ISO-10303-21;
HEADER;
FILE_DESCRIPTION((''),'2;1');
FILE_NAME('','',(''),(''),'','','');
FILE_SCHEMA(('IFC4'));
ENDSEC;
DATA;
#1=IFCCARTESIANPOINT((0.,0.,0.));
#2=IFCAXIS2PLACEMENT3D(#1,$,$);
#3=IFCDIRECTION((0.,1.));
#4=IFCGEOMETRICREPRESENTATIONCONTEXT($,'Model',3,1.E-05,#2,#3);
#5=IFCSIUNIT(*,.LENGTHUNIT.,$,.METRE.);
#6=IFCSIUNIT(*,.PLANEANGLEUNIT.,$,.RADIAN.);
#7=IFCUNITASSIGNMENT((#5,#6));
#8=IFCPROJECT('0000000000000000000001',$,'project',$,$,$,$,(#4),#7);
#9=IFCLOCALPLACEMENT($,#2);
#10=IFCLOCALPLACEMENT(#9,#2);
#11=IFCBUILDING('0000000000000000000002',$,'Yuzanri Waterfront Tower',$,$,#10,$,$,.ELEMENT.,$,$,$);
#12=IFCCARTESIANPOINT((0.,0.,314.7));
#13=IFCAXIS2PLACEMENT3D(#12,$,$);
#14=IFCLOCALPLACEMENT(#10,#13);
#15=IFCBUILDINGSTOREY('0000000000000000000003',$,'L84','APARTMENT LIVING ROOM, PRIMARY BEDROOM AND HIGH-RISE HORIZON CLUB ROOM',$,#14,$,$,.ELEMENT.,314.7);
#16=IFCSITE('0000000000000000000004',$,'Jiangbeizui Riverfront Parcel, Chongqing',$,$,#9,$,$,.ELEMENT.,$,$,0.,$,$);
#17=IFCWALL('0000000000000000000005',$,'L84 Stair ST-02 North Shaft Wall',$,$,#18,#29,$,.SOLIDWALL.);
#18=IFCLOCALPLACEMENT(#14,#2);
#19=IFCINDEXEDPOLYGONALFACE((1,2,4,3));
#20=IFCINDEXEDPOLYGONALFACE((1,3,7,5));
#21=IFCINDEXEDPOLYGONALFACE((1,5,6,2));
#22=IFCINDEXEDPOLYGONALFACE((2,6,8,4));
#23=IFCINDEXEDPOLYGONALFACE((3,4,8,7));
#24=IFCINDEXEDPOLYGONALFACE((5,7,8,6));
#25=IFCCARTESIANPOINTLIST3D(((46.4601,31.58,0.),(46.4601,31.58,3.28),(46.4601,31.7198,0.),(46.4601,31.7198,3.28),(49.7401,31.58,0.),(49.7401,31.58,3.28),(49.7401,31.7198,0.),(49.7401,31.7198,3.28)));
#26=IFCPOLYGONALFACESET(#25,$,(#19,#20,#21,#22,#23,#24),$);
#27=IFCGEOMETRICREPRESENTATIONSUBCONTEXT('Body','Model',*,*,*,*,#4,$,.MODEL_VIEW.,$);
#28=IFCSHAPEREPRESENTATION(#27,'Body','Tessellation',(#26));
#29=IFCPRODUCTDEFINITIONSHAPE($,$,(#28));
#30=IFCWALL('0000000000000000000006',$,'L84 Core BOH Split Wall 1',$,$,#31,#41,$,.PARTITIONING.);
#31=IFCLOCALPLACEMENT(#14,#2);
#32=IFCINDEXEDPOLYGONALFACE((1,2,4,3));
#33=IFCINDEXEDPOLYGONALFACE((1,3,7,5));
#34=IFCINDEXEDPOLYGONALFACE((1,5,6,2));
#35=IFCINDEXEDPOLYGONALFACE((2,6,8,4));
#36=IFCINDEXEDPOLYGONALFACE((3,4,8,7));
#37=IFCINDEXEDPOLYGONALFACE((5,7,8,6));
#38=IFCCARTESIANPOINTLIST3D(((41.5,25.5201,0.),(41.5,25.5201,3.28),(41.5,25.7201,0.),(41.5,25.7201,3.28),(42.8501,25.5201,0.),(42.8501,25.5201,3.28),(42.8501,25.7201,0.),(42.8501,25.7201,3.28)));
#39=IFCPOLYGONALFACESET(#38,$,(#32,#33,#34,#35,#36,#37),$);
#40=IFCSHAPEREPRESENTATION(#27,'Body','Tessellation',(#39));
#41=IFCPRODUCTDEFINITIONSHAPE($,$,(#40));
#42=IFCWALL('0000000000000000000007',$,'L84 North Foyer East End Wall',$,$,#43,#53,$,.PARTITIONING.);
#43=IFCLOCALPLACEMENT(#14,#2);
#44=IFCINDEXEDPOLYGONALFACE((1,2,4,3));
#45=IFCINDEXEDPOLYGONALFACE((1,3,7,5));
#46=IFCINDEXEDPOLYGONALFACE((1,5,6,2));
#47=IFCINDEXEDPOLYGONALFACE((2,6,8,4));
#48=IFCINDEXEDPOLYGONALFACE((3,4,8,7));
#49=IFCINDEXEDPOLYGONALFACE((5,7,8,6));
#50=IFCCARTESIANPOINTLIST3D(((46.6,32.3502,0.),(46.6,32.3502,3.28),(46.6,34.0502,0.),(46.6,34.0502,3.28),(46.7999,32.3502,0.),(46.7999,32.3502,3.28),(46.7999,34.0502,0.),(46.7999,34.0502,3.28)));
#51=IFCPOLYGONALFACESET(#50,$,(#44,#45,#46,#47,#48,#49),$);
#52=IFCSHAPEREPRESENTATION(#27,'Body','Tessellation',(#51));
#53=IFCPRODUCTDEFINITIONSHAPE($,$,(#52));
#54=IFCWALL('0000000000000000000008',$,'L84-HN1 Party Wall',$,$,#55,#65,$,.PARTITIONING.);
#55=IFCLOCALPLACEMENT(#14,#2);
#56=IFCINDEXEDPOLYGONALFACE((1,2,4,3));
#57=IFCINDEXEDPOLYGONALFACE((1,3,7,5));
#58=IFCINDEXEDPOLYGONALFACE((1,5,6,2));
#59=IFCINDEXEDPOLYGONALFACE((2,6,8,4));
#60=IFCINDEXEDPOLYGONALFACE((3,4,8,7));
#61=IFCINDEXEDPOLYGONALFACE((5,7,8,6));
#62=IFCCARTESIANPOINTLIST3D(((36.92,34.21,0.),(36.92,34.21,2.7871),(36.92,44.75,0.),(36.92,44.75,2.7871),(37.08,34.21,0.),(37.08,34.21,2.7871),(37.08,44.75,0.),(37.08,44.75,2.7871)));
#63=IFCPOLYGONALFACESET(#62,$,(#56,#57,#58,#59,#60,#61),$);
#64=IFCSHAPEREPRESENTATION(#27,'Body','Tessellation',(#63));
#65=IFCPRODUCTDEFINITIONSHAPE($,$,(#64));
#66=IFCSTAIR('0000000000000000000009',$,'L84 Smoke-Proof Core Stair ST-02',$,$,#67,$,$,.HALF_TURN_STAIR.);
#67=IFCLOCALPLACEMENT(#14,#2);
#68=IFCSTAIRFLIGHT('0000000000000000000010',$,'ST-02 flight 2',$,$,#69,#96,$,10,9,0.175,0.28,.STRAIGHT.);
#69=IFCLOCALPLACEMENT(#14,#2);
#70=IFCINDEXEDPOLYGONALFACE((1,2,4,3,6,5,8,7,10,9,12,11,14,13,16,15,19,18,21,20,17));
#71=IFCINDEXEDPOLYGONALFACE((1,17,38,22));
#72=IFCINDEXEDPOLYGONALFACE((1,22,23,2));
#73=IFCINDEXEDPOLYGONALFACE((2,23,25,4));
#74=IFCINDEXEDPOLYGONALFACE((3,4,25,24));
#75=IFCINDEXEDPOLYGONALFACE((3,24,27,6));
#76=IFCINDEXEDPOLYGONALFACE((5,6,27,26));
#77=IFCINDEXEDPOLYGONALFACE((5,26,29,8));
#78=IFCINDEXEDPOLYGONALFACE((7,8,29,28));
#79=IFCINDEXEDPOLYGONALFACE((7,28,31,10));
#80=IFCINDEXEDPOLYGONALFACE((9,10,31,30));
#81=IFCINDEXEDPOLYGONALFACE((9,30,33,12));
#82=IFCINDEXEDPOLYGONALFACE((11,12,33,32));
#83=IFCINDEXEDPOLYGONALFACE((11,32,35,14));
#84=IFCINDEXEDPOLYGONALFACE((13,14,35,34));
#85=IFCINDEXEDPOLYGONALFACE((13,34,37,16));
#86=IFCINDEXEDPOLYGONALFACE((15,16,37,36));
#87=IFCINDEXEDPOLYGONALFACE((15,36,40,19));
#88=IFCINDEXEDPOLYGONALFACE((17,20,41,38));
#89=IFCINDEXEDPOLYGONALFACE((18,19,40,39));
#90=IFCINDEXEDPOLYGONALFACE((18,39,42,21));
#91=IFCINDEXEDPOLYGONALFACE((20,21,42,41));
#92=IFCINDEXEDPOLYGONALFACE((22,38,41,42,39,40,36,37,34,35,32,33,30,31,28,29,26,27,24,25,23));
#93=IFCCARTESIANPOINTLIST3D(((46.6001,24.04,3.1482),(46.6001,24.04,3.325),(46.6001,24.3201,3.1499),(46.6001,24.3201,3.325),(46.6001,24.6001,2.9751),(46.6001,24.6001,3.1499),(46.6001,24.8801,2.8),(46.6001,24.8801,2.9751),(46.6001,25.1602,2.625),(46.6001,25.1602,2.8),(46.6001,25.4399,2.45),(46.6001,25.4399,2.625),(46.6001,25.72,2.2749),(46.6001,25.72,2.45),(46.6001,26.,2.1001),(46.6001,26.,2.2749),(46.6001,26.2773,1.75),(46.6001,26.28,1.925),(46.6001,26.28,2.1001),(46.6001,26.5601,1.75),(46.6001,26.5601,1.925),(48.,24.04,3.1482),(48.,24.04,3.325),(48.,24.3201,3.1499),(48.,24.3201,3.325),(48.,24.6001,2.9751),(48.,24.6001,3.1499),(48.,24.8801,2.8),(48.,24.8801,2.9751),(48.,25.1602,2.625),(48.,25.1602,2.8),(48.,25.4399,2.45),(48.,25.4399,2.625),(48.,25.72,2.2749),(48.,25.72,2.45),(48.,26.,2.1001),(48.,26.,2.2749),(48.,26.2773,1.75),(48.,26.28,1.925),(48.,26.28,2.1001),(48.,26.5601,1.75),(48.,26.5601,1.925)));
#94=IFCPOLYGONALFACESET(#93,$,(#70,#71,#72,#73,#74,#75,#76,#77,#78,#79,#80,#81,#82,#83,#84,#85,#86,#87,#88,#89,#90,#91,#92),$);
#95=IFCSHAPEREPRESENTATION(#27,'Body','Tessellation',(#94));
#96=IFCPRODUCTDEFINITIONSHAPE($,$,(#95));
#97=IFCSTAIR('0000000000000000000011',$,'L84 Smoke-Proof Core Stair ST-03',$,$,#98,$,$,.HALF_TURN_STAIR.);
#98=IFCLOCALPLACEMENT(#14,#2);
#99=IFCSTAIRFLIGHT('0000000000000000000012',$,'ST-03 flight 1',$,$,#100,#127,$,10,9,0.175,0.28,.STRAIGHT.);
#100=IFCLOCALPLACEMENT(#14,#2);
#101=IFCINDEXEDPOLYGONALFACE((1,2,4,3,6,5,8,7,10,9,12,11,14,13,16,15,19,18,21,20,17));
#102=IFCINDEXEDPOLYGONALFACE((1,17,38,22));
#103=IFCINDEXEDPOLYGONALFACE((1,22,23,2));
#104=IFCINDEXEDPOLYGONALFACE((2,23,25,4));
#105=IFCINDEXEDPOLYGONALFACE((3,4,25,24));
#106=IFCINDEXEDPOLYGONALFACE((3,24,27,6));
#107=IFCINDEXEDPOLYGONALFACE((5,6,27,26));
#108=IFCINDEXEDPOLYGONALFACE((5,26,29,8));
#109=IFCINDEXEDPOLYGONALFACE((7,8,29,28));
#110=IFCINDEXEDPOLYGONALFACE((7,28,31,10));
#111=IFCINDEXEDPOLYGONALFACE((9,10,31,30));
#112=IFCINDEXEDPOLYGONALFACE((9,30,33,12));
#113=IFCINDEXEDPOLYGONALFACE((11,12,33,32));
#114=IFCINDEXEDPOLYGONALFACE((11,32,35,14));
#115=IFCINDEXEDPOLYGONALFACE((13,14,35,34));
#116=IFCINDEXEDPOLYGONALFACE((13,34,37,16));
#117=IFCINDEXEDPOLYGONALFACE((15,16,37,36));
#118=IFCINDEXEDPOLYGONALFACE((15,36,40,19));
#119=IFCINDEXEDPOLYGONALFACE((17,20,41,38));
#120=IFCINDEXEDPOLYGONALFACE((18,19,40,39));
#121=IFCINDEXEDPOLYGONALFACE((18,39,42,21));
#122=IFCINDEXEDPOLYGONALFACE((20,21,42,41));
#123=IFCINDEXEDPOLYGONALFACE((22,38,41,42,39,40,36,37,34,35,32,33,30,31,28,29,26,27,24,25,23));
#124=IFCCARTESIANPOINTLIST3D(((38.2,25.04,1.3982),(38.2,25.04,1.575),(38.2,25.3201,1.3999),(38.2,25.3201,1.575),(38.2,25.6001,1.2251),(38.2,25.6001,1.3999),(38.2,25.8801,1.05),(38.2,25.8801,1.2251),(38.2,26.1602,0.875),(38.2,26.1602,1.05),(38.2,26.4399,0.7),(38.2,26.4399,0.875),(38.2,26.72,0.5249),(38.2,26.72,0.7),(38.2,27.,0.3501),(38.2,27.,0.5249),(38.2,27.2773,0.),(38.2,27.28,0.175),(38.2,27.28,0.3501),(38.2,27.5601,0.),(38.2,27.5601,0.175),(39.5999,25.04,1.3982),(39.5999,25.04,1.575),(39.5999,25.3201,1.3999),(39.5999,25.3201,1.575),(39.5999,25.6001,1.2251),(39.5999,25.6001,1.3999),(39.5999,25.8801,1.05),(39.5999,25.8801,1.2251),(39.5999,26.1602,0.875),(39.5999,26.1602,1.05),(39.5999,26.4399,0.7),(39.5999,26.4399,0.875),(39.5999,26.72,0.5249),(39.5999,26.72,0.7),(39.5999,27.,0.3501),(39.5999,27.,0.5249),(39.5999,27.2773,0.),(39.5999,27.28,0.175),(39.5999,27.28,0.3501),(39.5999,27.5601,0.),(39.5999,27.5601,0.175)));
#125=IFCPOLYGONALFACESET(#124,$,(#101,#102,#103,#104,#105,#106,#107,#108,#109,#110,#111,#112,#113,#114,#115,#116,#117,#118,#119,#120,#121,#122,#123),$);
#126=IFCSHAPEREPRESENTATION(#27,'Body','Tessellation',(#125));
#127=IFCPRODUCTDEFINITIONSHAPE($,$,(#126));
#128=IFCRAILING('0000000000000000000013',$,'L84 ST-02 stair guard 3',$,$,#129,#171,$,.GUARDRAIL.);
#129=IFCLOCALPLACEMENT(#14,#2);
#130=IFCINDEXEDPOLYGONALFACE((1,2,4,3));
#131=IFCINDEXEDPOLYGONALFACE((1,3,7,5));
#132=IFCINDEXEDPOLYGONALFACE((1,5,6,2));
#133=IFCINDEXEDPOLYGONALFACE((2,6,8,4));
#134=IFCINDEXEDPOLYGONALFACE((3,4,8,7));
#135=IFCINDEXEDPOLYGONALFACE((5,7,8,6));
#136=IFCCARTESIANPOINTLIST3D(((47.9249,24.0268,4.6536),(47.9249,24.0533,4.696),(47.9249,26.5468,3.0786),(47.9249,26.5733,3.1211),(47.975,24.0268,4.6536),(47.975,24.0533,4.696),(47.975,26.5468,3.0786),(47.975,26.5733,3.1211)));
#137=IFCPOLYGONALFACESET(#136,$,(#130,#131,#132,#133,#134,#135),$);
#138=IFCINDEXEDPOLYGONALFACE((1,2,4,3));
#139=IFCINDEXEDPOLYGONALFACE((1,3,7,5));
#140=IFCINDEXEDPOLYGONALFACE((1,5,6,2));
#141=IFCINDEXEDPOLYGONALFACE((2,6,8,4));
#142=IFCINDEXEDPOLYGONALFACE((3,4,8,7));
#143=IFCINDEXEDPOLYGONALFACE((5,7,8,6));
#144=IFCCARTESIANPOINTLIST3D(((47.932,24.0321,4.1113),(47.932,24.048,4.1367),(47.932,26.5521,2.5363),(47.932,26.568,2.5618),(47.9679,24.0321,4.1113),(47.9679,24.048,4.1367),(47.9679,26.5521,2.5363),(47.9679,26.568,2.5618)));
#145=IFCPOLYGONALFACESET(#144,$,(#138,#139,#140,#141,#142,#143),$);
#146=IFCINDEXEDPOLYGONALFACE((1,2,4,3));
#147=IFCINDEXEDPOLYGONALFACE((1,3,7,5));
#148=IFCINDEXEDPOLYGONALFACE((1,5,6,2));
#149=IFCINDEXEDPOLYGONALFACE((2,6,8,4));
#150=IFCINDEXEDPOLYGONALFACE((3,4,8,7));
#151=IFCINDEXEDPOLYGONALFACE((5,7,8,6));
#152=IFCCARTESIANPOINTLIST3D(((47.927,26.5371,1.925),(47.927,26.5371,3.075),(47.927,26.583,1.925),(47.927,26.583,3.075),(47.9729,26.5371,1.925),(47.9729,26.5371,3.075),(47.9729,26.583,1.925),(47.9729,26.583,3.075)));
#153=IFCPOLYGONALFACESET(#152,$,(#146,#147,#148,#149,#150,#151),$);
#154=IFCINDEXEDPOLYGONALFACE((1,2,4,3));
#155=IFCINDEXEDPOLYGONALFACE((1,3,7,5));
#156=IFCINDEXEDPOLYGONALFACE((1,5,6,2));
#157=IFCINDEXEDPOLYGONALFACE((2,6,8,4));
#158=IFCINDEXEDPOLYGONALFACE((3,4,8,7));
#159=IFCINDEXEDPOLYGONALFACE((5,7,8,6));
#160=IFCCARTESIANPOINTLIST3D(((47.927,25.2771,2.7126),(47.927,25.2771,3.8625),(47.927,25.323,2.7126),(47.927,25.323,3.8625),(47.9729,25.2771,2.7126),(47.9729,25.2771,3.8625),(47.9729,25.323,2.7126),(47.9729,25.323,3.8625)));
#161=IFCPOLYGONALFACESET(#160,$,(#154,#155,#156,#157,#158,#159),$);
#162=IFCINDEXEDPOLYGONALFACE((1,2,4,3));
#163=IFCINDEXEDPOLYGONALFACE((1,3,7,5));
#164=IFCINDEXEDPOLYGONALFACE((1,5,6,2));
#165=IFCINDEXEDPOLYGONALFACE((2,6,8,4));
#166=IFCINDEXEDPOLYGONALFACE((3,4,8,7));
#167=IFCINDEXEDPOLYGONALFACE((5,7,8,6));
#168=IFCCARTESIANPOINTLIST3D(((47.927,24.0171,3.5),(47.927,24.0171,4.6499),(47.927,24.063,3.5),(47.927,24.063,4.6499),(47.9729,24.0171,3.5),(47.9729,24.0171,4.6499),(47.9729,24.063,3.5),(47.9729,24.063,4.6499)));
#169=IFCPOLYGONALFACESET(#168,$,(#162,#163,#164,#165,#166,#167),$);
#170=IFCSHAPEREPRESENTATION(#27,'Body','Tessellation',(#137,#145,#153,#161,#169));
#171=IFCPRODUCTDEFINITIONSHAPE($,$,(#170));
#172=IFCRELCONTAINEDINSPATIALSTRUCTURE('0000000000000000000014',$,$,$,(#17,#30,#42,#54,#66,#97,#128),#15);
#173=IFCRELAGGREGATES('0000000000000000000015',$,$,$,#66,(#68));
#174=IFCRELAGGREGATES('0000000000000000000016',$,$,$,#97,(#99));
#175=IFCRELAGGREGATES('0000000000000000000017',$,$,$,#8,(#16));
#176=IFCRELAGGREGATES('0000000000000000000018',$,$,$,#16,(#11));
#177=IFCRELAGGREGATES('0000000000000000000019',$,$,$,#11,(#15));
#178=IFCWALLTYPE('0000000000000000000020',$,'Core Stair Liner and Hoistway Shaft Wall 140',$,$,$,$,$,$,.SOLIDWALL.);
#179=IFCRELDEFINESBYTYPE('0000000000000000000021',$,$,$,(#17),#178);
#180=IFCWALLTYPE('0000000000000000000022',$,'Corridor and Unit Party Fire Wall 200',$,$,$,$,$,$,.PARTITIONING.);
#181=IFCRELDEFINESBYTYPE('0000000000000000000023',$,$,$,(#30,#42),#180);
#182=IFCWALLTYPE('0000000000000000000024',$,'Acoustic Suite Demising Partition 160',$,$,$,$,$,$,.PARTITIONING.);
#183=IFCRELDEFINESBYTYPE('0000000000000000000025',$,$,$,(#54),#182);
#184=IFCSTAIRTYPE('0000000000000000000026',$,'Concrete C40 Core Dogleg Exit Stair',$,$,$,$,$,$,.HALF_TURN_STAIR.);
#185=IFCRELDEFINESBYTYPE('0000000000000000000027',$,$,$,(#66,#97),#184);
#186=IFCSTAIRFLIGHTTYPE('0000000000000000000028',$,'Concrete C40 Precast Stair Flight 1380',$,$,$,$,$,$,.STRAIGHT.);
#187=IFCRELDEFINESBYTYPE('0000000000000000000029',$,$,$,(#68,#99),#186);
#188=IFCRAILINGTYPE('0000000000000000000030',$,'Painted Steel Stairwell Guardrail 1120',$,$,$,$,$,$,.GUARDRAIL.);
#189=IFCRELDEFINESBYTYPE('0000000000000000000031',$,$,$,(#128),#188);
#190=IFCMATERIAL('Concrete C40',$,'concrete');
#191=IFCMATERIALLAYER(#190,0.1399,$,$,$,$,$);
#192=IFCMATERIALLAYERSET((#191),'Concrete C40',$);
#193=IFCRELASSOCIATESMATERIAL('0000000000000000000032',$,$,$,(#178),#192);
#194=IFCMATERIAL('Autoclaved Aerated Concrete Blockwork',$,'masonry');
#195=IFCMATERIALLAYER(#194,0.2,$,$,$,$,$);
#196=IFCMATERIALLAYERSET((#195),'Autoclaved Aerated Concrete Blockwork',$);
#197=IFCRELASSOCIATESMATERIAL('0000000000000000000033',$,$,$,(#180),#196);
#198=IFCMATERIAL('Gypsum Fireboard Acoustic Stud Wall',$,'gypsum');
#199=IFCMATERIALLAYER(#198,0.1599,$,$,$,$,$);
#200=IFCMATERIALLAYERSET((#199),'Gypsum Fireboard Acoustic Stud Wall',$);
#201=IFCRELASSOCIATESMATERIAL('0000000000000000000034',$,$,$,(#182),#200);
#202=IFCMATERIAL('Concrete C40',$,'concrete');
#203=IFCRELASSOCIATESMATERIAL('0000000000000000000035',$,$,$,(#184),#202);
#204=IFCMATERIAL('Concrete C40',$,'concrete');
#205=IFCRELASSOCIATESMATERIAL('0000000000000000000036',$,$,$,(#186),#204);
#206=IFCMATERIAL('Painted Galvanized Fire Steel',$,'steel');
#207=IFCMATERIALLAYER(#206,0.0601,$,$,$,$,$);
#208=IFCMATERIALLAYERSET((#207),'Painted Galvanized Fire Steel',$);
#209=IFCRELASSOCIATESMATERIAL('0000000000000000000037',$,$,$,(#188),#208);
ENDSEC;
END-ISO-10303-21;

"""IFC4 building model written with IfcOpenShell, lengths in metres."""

from ifc_helpers import new_model, si_unit, direction, frame, frame_2d, origin, origin_2d, place, context, subcontext, project, spatial, polyline, rectangle, outline, extrude, source, transform, mapped, material, layer, layer_set, type_object, element, aggregate, save


model = new_model("IFC4")

# Units and contexts
model_context = context("Model", 3, precision=1e-05, world=origin(), true_north=direction((0.0, 1.0)))
body_context = subcontext(model_context, "Body", "Model", "MODEL_VIEW")
ifc_project = project(units=[si_unit("LENGTHUNIT", "METRE"), si_unit("PLANEANGLEUNIT", "RADIAN")], contexts=[model_context])

# Site, building, storey
site_placement = place(None, origin())
site = spatial("IfcSite", under=ifc_project, at=site_placement, Name="Jiangbeizui Riverfront Parcel, Chongqing", CompositionType="ELEMENT", RefElevation=0.0)
building_placement = place(site_placement, origin())
building = spatial("IfcBuilding", under=site, at=building_placement, Name="Yuzanri Waterfront Tower", CompositionType="ELEMENT")
storey_placement = place(building_placement, frame((0.0, 0.0, 314.7)))
storey = spatial("IfcBuildingStorey", under=building, at=storey_placement, Name="L84", Description="APARTMENT LIVING ROOM, PRIMARY BEDROOM AND HIGH-RISE HORIZON CLUB ROOM", CompositionType="ELEMENT", Elevation=314.7)

# Shared definitions
ifc_material_1 = material(Name="Concrete C40", Category="concrete")
ifc_layer_1 = layer(ifc_material_1, 0.1399)
ifc_layer_set_1 = layer_set([ifc_layer_1], Name="Concrete C40")
wall_type_1 = type_object("IfcWallType", Name="Core Stair Liner and Hoistway Shaft Wall 140", PredefinedType="SOLIDWALL", material=ifc_layer_set_1)
ifc_material_2 = material(Name="Autoclaved Aerated Concrete Blockwork", Category="masonry")
ifc_layer_2 = layer(ifc_material_2, 0.2)
ifc_layer_set_2 = layer_set([ifc_layer_2], Name="Autoclaved Aerated Concrete Blockwork")
wall_type_2 = type_object("IfcWallType", Name="Corridor and Unit Party Fire Wall 200", PredefinedType="PARTITIONING", material=ifc_layer_set_2)

# Walls
shared_shape_1 = source(origin(), body_context, "Body", "SweptSolid", [
    extrude(rectangle(XDim=3.28, YDim=0.1399, at=frame_2d((1.6401, 0.0))), origin(), (0.0, 0.0, 1.0), 3.28),
])
wall_1_placement = place(storey_placement, frame((46.46, 31.6499, 0.0), z_axis=(0.0, 0.0, 1.0), x_axis=(1.0, 0.0, 0.0)))
element("IfcWall", 1, at=wall_1_placement, inside=storey, type_object=wall_type_1, Name="L84 Stair ST-02 North Shaft Wall", PredefinedType="SOLIDWALL", context=body_context, shape_type="MappedRepresentation", body=[
    mapped(shared_shape_1, transform((0.0, 0.0, 0.0), scale=1.0)),
])
shared_shape_2 = source(origin(), body_context, "Body", "SweptSolid", [
    extrude(rectangle(XDim=1.3501, YDim=0.2, at=frame_2d((0.675, 0.0))), origin(), (0.0, 0.0, 1.0), 3.28),
])
wall_2_placement = place(storey_placement, frame((41.5, 25.6201, 0.0), z_axis=(0.0, 0.0, 1.0), x_axis=(1.0, 0.0, 0.0)))
element("IfcWall", 2, at=wall_2_placement, inside=storey, type_object=wall_type_2, Name="L84 Core BOH Split Wall 1", PredefinedType="PARTITIONING", context=body_context, shape_type="MappedRepresentation", body=[
    mapped(shared_shape_2, transform((0.0, 0.0, 0.0), scale=1.0)),
])
shared_shape_3 = source(origin(), body_context, "Body", "SweptSolid", [
    extrude(rectangle(XDim=1.7, YDim=0.2, at=frame_2d((0.8501, 0.0))), origin(), (0.0, 0.0, 1.0), 3.28),
])
wall_3_placement = place(storey_placement, frame((46.7, 32.3501, 0.0), z_axis=(0.0, 0.0, 1.0), x_axis=(0.0, 1.0, 0.0)))
element("IfcWall", 3, at=wall_3_placement, inside=storey, type_object=wall_type_2, Name="L84 North Foyer East End Wall", PredefinedType="PARTITIONING", context=body_context, shape_type="MappedRepresentation", body=[
    mapped(shared_shape_3, transform((0.0, 0.0, 0.0), scale=1.0)),
])
ifc_material_3 = material(Name="Gypsum Fireboard Acoustic Stud Wall", Category="gypsum")
ifc_layer_3 = layer(ifc_material_3, 0.1599)
ifc_layer_set_3 = layer_set([ifc_layer_3], Name="Gypsum Fireboard Acoustic Stud Wall")
wall_type_3 = type_object("IfcWallType", Name="Acoustic Suite Demising Partition 160", PredefinedType="PARTITIONING", material=ifc_layer_set_3)
shared_shape_4 = source(origin(), body_context, "Body", "SweptSolid", [
    extrude(rectangle(XDim=10.54, YDim=0.1599, at=frame_2d((5.27, 0.0))), origin(), (0.0, 0.0, 1.0), 2.7871),
])
wall_4_placement = place(storey_placement, frame((37.0, 34.21, 0.0), z_axis=(0.0, 0.0, 1.0), x_axis=(0.0, 1.0, 0.0)))
element("IfcWall", 4, at=wall_4_placement, inside=storey, type_object=wall_type_3, Name="L84-HN1 Party Wall", PredefinedType="PARTITIONING", context=body_context, shape_type="MappedRepresentation", body=[
    mapped(shared_shape_4, transform((0.0, 0.0, 0.0), scale=1.0)),
])

# Stairs, stair flights
ifc_material_4 = material(Name="Concrete C40", Category="concrete")
stair_type = type_object("IfcStairType", Name="Concrete C40 Core Dogleg Exit Stair", PredefinedType="HALF_TURN_STAIR", material=ifc_material_4)
stair_1_placement = place(storey_placement, origin())
stair_1 = element("IfcStair", 5, at=stair_1_placement, inside=storey, type_object=stair_type, Name="L84 Smoke-Proof Core Stair ST-02", PredefinedType="HALF_TURN_STAIR")
ifc_material_5 = material(Name="Concrete C40", Category="concrete")
stair_flight_type = type_object("IfcStairFlightType", Name="Concrete C40 Precast Stair Flight 1380", PredefinedType="STRAIGHT", material=ifc_material_5)
shared_shape_5 = source(origin(), body_context, "Body", "SweptSolid", [
    extrude(outline(polyline([(0.0, 0.0), (0.0, 0.175), (0.28, 0.175), (0.28, 0.3501), (0.5601, 0.3501), (0.5601, 0.5249), (0.8401, 0.5249), (0.8401, 0.7), (1.1201, 0.7), (1.1201, 0.875), (1.3999, 0.875), (1.3999, 1.05), (1.6799, 1.05), (1.6799, 1.2251), (1.96, 1.2251), (1.96, 1.3999), (2.24, 1.3999), (2.24, 1.575), (2.52, 1.575), (2.52, 1.75), (2.52, 1.3982), (0.2827, 0.0), (0.0, 0.0)])), frame((0.0, 0.7, 0.0), z_axis=(0.0, -1.0, 0.0), x_axis=(1.0, 0.0, 0.0)), (0.0, 0.0, 1.0), 1.3999),
])
stair_flight_1_placement = place(storey_placement, frame((47.3, 26.5601, 1.75), z_axis=(0.0, 0.0, 1.0), x_axis=(0.0, -1.0, 0.0)))
stair_flight_1 = element("IfcStairFlight", 6, at=stair_flight_1_placement, type_object=stair_flight_type, Name="ST-02 flight 2", NumberOfRisers=10, NumberOfTreads=9, PredefinedType="STRAIGHT", RiserHeight=0.175, TreadLength=0.28, context=body_context, shape_type="MappedRepresentation", body=[
    mapped(shared_shape_5, transform((0.0, 0.0, 0.0), scale=1.0)),
])
aggregate(stair_1, [stair_flight_1])
stair_2_placement = place(storey_placement, origin())
stair_2 = element("IfcStair", 7, at=stair_2_placement, inside=storey, type_object=stair_type, Name="L84 Smoke-Proof Core Stair ST-03", PredefinedType="HALF_TURN_STAIR")
stair_flight_2_placement = place(storey_placement, frame((38.8999, 27.5601, 0.0), z_axis=(0.0, 0.0, 1.0), x_axis=(0.0, -1.0, 0.0)))
stair_flight_2 = element("IfcStairFlight", 8, at=stair_flight_2_placement, type_object=stair_flight_type, Name="ST-03 flight 1", NumberOfRisers=10, NumberOfTreads=9, PredefinedType="STRAIGHT", RiserHeight=0.175, TreadLength=0.28, context=body_context, shape_type="MappedRepresentation", body=[
    mapped(shared_shape_5, transform((0.0, 0.0, 0.0), scale=1.0)),
])
aggregate(stair_2, [stair_flight_2])

# Railing
ifc_material_6 = material(Name="Painted Galvanized Fire Steel", Category="steel")
ifc_layer_4 = layer(ifc_material_6, 0.0601)
ifc_layer_set_4 = layer_set([ifc_layer_4], Name="Painted Galvanized Fire Steel")
railing_type_1 = type_object("IfcRailingType", Name="Painted Steel Stairwell Guardrail 1120", PredefinedType="GUARDRAIL", material=ifc_layer_set_4)
shared_shape_6 = source(origin(), body_context, "Body", "SweptSolid", [
    extrude(rectangle(XDim=0.05, YDim=0.05, at=origin_2d()), frame((0.0, 0.0, 1.1748), z_axis=(0.0, -0.848008, 0.529984), x_axis=(1.0, 0.0, 0.0)), (0.0, 0.0, 1.0), 2.9717),
    extrude(rectangle(XDim=0.0359, YDim=0.03, at=origin_2d()), frame((0.0, 0.0, 0.624), z_axis=(0.0, -0.848008, 0.529984), x_axis=(1.0, 0.0, 0.0)), (0.0, 0.0, 1.0), 2.9717),
    extrude(rectangle(XDim=0.0459, YDim=0.0459, at=origin_2d()), origin(), (0.0, 0.0, 1.0), 1.1499),
    extrude(rectangle(XDim=0.0459, YDim=0.0459, at=origin_2d()), frame((0.0, -1.26, 0.7876)), (0.0, 0.0, 1.0), 1.1499),
    extrude(rectangle(XDim=0.0459, YDim=0.0459, at=origin_2d()), frame((0.0, -2.52, 1.575)), (0.0, 0.0, 1.0), 1.1499),
])
for number, where, name in (
    (9, (47.95, 26.5601, 1.925), "L84 ST-02 stair guard 3"),
):
    element("IfcRailing", number, at=place(storey_placement, frame(where)), inside=storey, type_object=railing_type_1, Name=name, PredefinedType="GUARDRAIL", context=body_context, shape_type="MappedRepresentation", body=[
        mapped(shared_shape_6, transform((0.0, 0.0, 0.0), scale=1.0)),
    ])

save(model, "model.ifc")
